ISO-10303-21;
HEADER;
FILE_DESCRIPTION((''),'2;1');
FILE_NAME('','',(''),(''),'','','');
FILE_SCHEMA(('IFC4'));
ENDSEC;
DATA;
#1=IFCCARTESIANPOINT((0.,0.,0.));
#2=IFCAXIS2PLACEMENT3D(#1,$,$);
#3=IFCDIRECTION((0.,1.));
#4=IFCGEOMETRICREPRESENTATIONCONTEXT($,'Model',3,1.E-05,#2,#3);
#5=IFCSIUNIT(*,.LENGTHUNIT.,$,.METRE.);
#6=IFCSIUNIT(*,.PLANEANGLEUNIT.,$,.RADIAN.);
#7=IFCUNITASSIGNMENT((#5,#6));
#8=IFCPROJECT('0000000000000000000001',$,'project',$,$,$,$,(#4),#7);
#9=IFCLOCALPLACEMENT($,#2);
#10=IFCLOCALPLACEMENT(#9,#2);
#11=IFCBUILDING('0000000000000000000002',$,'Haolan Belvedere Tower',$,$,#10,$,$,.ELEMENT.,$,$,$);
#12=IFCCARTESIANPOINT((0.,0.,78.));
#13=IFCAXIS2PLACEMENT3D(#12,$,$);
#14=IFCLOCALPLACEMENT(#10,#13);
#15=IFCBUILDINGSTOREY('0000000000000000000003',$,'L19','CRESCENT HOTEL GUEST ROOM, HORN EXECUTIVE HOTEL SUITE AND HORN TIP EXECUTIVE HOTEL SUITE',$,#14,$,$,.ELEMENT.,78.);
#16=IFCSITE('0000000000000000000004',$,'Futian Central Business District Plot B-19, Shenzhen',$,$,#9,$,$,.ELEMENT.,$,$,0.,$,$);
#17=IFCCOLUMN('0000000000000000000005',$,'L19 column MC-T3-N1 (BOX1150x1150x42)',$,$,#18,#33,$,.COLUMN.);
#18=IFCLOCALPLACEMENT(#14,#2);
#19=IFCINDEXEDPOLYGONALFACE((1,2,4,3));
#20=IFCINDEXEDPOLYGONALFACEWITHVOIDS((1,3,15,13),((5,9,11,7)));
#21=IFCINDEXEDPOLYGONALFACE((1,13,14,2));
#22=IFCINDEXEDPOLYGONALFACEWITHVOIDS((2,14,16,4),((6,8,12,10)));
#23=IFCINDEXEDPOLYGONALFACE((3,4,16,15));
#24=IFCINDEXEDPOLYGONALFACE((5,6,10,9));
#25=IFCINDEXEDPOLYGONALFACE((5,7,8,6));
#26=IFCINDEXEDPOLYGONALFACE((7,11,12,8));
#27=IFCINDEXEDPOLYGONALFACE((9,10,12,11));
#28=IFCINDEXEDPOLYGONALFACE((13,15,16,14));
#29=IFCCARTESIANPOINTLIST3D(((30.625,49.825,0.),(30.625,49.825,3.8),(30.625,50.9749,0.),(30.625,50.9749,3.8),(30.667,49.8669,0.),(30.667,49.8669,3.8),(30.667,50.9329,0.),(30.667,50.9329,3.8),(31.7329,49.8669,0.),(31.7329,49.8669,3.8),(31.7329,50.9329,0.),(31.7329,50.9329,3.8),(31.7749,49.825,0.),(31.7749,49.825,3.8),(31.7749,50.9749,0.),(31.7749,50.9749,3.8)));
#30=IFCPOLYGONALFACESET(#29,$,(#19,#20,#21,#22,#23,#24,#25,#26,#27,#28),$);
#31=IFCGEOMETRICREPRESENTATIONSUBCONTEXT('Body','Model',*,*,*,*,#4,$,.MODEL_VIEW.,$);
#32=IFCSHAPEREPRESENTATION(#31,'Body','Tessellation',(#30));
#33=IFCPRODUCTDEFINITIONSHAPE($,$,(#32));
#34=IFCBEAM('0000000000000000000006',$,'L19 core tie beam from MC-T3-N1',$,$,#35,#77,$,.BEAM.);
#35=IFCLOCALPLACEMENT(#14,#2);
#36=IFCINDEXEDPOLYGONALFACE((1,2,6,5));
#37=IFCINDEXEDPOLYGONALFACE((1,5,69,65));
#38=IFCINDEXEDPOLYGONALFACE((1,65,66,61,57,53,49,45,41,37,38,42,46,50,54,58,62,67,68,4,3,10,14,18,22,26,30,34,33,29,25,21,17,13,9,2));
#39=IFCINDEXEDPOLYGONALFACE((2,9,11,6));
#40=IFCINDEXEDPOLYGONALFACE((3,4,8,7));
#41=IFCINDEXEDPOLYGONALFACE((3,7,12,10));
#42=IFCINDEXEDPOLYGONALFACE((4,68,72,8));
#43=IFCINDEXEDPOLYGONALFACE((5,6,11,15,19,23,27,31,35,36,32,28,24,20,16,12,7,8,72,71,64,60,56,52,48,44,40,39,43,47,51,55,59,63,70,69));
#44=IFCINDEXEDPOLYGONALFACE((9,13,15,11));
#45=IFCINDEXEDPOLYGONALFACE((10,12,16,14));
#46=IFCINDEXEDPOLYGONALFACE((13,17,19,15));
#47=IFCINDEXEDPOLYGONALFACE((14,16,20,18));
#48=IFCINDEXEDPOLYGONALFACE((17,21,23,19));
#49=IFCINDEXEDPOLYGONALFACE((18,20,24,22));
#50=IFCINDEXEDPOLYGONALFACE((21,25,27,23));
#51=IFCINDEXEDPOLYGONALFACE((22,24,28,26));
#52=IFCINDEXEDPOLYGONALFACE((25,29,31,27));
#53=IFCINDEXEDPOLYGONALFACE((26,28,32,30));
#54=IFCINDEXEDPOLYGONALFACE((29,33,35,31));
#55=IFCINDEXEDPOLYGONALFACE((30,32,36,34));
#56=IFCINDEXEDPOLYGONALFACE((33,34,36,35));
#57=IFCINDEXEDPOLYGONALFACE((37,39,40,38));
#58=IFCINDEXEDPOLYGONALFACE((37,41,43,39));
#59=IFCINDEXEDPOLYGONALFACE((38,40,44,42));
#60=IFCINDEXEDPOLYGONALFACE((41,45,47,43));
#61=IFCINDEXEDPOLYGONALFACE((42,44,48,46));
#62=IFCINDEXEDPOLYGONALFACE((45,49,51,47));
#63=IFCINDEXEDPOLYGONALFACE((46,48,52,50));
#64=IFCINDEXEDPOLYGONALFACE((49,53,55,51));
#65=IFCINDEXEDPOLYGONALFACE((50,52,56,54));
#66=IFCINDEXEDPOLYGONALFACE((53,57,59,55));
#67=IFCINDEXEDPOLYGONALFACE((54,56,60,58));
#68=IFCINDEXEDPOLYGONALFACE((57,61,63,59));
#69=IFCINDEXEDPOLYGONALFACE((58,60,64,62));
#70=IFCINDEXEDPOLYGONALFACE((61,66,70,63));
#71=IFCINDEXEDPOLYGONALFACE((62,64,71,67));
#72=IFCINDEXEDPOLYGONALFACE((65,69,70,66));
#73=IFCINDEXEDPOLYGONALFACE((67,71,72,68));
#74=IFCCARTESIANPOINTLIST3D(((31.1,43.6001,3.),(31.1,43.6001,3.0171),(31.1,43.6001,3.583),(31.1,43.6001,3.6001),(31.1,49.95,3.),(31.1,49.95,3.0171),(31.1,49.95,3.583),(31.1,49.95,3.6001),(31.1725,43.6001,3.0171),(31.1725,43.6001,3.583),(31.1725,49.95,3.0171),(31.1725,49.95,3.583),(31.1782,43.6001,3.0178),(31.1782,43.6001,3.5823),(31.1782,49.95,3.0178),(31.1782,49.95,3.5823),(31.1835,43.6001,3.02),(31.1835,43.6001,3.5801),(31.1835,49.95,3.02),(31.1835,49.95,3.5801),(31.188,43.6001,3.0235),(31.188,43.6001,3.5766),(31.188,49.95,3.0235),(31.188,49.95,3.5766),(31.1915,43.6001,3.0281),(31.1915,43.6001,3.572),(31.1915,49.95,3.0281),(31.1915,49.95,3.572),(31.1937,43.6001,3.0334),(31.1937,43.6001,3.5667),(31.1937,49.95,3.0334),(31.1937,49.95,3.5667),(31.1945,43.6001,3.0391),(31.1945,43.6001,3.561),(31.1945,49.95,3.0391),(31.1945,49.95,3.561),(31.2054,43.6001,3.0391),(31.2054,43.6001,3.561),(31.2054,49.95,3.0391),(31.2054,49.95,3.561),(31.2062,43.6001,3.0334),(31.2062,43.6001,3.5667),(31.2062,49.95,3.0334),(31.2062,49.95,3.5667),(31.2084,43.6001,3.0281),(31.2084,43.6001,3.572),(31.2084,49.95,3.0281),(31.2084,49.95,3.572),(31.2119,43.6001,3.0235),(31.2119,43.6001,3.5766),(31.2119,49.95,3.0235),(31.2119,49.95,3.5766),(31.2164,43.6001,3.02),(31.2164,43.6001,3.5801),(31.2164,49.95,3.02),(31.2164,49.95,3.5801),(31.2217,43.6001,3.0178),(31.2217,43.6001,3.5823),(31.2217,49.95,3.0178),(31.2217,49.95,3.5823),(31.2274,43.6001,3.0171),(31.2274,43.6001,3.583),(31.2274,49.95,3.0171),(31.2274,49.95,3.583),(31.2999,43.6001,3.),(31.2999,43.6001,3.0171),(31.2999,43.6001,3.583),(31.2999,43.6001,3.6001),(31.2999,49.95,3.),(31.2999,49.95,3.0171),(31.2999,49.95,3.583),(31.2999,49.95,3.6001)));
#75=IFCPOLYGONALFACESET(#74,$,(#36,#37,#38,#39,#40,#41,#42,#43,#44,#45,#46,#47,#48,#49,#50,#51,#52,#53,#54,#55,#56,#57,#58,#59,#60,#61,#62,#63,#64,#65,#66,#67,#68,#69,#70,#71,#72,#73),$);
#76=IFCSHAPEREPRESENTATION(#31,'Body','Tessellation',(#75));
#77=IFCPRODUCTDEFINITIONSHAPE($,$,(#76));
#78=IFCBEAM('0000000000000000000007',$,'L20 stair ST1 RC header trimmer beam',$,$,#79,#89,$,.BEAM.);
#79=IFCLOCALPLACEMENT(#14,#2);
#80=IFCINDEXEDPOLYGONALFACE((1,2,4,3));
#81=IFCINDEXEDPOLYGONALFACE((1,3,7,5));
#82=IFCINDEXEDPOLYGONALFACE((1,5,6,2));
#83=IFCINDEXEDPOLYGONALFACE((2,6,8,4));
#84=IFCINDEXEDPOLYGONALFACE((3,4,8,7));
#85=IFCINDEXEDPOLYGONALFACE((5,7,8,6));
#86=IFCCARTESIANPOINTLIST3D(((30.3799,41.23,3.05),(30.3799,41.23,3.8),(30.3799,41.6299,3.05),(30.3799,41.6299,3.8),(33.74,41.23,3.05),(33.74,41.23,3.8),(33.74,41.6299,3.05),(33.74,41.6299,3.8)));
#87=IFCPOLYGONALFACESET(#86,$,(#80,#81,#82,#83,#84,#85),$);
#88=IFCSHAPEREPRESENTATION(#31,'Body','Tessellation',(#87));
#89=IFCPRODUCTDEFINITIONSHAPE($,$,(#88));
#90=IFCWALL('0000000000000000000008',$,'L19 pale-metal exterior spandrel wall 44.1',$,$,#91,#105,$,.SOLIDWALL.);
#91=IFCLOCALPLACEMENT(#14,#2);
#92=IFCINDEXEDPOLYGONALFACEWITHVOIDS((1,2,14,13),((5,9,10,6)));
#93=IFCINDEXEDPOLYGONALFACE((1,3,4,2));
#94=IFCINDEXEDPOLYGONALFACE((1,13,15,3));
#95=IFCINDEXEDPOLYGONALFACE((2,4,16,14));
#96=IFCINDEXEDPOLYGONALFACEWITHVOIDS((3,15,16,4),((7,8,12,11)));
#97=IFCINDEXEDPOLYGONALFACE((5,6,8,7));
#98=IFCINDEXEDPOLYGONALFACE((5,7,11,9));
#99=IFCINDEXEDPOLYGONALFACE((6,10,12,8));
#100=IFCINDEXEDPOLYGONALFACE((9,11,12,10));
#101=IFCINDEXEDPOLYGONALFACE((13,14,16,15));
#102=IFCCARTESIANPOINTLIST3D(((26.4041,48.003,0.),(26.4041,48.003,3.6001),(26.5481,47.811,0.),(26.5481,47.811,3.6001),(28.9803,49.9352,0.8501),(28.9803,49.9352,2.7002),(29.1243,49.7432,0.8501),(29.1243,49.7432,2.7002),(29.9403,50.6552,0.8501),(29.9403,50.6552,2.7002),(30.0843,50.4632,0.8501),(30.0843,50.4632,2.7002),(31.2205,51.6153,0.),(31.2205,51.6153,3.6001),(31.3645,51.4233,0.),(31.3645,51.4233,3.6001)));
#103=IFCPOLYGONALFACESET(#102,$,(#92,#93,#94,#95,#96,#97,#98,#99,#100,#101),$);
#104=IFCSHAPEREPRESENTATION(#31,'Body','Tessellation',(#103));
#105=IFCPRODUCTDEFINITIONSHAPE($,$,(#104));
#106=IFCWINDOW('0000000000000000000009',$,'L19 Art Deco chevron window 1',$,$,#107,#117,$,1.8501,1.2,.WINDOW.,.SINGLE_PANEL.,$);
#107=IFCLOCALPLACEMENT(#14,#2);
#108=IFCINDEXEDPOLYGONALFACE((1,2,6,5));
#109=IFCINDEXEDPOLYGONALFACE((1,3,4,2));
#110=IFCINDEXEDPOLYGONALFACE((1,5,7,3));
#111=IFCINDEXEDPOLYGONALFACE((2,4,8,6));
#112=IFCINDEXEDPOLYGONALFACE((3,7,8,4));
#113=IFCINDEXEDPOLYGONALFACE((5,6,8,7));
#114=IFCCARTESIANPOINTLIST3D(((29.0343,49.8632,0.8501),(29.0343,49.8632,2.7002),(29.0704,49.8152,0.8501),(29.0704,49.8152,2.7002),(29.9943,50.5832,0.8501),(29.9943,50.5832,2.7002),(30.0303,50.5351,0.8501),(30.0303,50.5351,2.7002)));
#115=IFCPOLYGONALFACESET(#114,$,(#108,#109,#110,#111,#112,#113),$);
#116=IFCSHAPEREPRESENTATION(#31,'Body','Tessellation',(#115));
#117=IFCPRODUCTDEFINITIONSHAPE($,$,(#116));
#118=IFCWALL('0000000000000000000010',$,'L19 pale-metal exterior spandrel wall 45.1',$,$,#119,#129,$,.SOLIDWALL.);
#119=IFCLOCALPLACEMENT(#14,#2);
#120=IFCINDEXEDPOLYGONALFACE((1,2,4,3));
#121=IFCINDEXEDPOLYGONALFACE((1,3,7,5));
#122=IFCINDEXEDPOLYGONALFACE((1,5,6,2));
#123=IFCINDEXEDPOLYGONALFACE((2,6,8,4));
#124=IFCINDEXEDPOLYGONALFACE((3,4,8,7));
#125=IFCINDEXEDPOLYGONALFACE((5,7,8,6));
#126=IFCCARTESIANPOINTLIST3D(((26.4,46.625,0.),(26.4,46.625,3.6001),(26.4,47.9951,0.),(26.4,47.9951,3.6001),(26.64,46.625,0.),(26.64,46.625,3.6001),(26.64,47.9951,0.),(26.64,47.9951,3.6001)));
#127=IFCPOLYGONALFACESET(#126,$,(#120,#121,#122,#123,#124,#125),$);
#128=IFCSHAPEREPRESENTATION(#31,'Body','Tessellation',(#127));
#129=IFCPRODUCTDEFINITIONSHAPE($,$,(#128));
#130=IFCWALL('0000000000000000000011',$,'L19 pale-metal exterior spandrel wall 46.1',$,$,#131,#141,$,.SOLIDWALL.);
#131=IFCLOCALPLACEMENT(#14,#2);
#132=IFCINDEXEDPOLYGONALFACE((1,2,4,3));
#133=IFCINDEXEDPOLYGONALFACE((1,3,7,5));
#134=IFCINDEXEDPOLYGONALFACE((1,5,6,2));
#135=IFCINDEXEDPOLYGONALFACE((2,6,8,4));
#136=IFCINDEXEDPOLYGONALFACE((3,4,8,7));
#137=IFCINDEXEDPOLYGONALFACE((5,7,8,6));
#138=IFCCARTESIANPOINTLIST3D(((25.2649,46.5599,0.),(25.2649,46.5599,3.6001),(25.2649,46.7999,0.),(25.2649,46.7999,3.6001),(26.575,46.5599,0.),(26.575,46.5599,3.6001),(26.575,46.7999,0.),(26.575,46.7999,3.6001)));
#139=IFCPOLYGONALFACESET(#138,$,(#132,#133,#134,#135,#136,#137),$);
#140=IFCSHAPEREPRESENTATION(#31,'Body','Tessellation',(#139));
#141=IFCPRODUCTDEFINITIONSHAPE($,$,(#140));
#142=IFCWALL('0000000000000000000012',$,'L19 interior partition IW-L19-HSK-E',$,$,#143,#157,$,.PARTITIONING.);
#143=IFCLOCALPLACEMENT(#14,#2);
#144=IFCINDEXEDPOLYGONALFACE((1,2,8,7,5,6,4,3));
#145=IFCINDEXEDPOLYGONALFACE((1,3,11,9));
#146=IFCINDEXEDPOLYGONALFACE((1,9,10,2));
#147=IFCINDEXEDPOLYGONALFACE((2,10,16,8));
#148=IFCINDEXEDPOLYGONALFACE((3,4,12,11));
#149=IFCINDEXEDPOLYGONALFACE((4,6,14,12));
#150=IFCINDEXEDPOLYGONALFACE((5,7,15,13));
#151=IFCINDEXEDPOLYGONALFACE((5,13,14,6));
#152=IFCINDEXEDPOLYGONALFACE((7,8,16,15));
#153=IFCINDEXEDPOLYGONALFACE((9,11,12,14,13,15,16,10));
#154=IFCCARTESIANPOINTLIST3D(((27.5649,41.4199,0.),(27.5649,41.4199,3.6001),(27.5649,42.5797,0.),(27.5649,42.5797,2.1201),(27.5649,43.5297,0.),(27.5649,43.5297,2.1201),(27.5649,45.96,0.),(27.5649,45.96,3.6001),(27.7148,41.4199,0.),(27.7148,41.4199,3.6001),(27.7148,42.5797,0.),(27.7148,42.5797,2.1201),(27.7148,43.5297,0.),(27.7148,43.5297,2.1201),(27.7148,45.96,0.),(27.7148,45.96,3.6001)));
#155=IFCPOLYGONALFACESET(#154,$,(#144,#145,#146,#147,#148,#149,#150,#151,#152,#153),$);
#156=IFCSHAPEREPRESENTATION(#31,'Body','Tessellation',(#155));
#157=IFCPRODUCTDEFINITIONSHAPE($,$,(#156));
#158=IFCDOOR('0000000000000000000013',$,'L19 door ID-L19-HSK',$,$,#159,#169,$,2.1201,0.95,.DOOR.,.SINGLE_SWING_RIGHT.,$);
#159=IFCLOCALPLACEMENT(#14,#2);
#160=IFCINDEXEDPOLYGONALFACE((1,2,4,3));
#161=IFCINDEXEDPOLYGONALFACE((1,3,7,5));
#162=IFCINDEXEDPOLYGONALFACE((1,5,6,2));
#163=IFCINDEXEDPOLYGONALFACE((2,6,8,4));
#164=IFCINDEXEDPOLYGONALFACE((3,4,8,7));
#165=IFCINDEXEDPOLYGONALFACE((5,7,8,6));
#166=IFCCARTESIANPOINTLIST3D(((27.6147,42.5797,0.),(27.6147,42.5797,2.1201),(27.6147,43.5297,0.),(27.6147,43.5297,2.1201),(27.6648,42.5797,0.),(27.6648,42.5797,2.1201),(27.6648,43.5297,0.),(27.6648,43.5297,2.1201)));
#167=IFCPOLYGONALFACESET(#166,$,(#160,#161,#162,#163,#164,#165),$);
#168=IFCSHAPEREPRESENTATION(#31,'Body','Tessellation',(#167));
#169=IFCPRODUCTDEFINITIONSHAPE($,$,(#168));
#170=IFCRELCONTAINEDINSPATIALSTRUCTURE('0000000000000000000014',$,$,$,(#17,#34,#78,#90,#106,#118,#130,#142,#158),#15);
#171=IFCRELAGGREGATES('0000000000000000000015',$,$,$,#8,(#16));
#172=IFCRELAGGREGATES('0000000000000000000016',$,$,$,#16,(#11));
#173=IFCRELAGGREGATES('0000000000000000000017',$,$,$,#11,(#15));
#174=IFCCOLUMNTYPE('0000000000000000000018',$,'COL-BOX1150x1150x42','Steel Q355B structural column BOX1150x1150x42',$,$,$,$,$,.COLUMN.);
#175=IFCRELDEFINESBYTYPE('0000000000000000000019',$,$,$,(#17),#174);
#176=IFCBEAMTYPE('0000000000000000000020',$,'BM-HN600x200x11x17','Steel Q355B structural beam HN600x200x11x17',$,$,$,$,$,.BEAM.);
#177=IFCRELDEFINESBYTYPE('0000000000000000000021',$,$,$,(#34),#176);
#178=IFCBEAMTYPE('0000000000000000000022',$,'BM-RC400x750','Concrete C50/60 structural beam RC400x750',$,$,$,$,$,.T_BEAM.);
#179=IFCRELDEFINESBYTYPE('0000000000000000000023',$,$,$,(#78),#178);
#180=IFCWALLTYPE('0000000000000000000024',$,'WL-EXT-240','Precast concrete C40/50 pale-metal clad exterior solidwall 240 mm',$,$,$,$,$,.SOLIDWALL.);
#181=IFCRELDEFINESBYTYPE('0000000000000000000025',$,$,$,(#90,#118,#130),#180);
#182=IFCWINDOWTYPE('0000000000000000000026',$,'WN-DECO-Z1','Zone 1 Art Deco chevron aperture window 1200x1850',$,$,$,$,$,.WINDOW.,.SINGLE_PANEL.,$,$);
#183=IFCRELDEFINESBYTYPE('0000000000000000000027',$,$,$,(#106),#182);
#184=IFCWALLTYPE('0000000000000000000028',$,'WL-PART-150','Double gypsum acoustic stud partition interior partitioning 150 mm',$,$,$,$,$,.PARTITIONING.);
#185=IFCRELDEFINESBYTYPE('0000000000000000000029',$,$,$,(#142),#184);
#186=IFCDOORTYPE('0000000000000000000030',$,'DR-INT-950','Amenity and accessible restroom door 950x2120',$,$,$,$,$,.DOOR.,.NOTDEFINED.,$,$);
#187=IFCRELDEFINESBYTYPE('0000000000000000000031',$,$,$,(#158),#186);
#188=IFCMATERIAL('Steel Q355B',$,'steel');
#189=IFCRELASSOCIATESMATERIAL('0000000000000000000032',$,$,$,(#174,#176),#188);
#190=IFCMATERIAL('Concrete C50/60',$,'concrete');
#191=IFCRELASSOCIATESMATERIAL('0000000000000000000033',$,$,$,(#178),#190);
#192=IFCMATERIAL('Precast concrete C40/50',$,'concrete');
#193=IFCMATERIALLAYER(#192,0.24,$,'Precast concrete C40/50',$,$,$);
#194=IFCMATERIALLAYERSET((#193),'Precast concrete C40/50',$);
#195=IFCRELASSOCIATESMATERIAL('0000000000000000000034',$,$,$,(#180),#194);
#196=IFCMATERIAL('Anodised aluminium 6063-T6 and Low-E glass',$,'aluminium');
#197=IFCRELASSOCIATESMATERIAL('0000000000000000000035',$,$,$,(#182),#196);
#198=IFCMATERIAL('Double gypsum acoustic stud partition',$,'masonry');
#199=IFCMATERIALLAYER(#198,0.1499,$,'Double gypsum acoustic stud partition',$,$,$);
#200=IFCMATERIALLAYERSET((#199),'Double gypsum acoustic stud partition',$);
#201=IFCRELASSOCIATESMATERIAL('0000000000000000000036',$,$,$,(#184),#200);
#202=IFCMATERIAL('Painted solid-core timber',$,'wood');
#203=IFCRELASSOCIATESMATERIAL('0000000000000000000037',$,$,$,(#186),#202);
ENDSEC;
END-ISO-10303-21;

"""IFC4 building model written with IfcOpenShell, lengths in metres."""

from ifc_helpers import new_model, si_unit, direction, frame, frame_2d, origin, origin_2d, place, context, subcontext, project, spatial, rectangle, hollow_rectangle, i_section, extrude, material, layer, layer_set, material_profile, profile_set, type_object, element, fill, save


model = new_model("IFC4")

# Units and contexts
model_context = context("Model", 3, precision=1e-05, world=origin(), true_north=direction((0.0, 1.0)))
body_context = subcontext(model_context, "Body", "Model", "MODEL_VIEW")
ifc_project = project(units=[si_unit("LENGTHUNIT", "METRE"), si_unit("PLANEANGLEUNIT", "RADIAN")], contexts=[model_context])

# Site, building, storey
site_placement = place(None, origin())
site = spatial("IfcSite", under=ifc_project, at=site_placement, Name="Futian Central Business District Plot B-19, Shenzhen", CompositionType="ELEMENT", RefElevation=0.0)
building_placement = place(site_placement, origin())
building = spatial("IfcBuilding", under=site, at=building_placement, Name="Haolan Belvedere Tower", CompositionType="ELEMENT")
storey_placement = place(building_placement, frame((0.0, 0.0, 78.0)))
storey = spatial("IfcBuildingStorey", under=building, at=storey_placement, Name="L19", Description="CRESCENT HOTEL GUEST ROOM, HORN EXECUTIVE HOTEL SUITE AND HORN TIP EXECUTIVE HOTEL SUITE", CompositionType="ELEMENT", Elevation=78.0)

# Column
ifc_material_1 = material(Name="Steel Q355B", Category="steel")
ifc_material_profile_1 = material_profile(ifc_material_1, hollow_rectangle(XDim=1.1499, YDim=1.1499, WallThickness=0.042, at=origin_2d()), Name="Steel Q355B")
ifc_profile_set_1 = profile_set([ifc_material_profile_1], Name="Steel Q355B")
column_type = type_object("IfcColumnType", Name="COL-BOX1150x1150x42", Description="Steel Q355B structural column BOX1150x1150x42", PredefinedType="COLUMN", material=ifc_profile_set_1)
column_placement = place(storey_placement, frame((31.2, 50.3999, 0.0), z_axis=(0.0, 0.0, 1.0), x_axis=(1.0, 0.0, 0.0)))
element("IfcColumn", 1, at=column_placement, inside=storey, type_object=column_type, Name="L19 column MC-T3-N1 (BOX1150x1150x42)", PredefinedType="COLUMN", context=body_context, shape_type="SweptSolid", body=[
    extrude(hollow_rectangle(XDim=1.1499, YDim=1.1499, WallThickness=0.042, at=origin_2d()), origin(), (0.0, 0.0, 1.0), 3.8),
])

# Beams
ifc_material_profile_2 = material_profile(ifc_material_1, i_section(OverallWidth=0.2, OverallDepth=0.6001, WebThickness=0.011, FlangeThickness=0.0171, FilletRadius=0.022, at=origin_2d()), Name="Steel Q355B")
ifc_profile_set_2 = profile_set([ifc_material_profile_2], Name="Steel Q355B")
beam_type_1 = type_object("IfcBeamType", Name="BM-HN600x200x11x17", Description="Steel Q355B structural beam HN600x200x11x17", PredefinedType="BEAM", material=ifc_profile_set_2)
beam_1_placement = place(storey_placement, frame((31.2, 49.95, 3.3), z_axis=(0.0, -1.0, 0.0), x_axis=(1.0, 0.0, 0.0)))
element("IfcBeam", 2, at=beam_1_placement, inside=storey, type_object=beam_type_1, Name="L19 core tie beam from MC-T3-N1", PredefinedType="BEAM", context=body_context, shape_type="SweptSolid", body=[
    extrude(i_section(OverallWidth=0.2, OverallDepth=0.6001, WebThickness=0.011, FlangeThickness=0.0171, FilletRadius=0.022, at=origin_2d()), origin(), (0.0, 0.0, 1.0), 6.3499),
])
ifc_material_2 = material(Name="Concrete C50/60", Category="concrete")
ifc_material_profile_3 = material_profile(ifc_material_2, rectangle(XDim=0.3999, YDim=0.75, at=origin_2d()), Name="Concrete C50/60")
ifc_profile_set_3 = profile_set([ifc_material_profile_3], Name="Concrete C50/60")
beam_type_2 = type_object("IfcBeamType", Name="BM-RC400x750", Description="Concrete C50/60 structural beam RC400x750", PredefinedType="T_BEAM", material=ifc_profile_set_3)
beam_2_placement = place(storey_placement, frame((30.3799, 41.4299, 3.425), z_axis=(1.0, 0.0, 0.0), x_axis=(0.0, 1.0, 0.0)))
element("IfcBeam", 3, at=beam_2_placement, inside=storey, type_object=beam_type_2, Name="L20 stair ST1 RC header trimmer beam", PredefinedType="BEAM", context=body_context, shape_type="SweptSolid", body=[
    extrude(rectangle(XDim=0.3999, YDim=0.75, at=origin_2d()), origin(), (0.0, 0.0, 1.0), 3.3601),
])

# Wall, opening, window
ifc_material_3 = material(Name="Precast concrete C40/50", Category="concrete")
ifc_layer_1 = layer(ifc_material_3, 0.24, Name="Precast concrete C40/50")
ifc_layer_set_1 = layer_set([ifc_layer_1], Name="Precast concrete C40/50")
wall_type_1 = type_object("IfcWallType", Name="WL-EXT-240", Description="Precast concrete C40/50 pale-metal clad exterior solidwall 240 mm", PredefinedType="SOLIDWALL", material=ifc_layer_set_1)
wall_1_placement = place(storey_placement, frame((31.2925, 51.5193, 0.0), z_axis=(0.0, 0.0, 1.0), x_axis=(-0.8, -0.6, 0.0)))
wall_1 = element("IfcWall", 4, at=wall_1_placement, inside=storey, type_object=wall_type_1, Name="L19 pale-metal exterior spandrel wall 44.1", PredefinedType="SOLIDWALL", context=body_context, shape_type="SweptSolid", body=[
    extrude(rectangle(XDim=6.0205, YDim=0.24, at=frame_2d((3.0103, 0.0))), origin(), (0.0, 0.0, 1.0), 3.6001),
])
opening_1_placement = place(wall_1_placement, frame((1.6001, 0.0, 0.8501)))
opening_1 = element("IfcOpeningElement", 5, at=opening_1_placement, cuts=wall_1, PredefinedType="OPENING", context=body_context, shape_type="SweptSolid", body=[
    extrude(rectangle(XDim=1.2, YDim=1.8501, at=frame_2d((0.6001, 0.925))), frame((0.0, 0.1299, 0.0), z_axis=(0.0, -1.0, 0.0), x_axis=(1.0, 0.0, 0.0)), (0.0, 0.0, 1.0), 0.26),
])
ifc_material_4 = material(Name="Anodised aluminium 6063-T6 and Low-E glass", Category="aluminium")
window_type = type_object("IfcWindowType", Name="WN-DECO-Z1", Description="Zone 1 Art Deco chevron aperture window 1200x1850", PartitioningType="SINGLE_PANEL", PredefinedType="WINDOW", material=ifc_material_4)
window_placement = place(opening_1_placement, origin())
window = element("IfcWindow", 6, at=window_placement, inside=storey, type_object=window_type, Name="L19 Art Deco chevron window 1", OverallHeight=1.8501, OverallWidth=1.2, PartitioningType="SINGLE_PANEL", PredefinedType="WINDOW", context=body_context, shape_type="SweptSolid", body=[
    extrude(rectangle(XDim=1.2, YDim=1.8501, at=frame_2d((0.6001, 0.925))), frame((0.0, 0.03, 0.0), z_axis=(0.0, -1.0, 0.0), x_axis=(1.0, 0.0, 0.0)), (0.0, 0.0, 1.0), 0.0601),
])
fill(opening_1, window)

# Walls
wall_2_placement = place(storey_placement, frame((26.52, 47.9951, 0.0), z_axis=(0.0, 0.0, 1.0), x_axis=(0.0, -1.0, 0.0)))
element("IfcWall", 7, at=wall_2_placement, inside=storey, type_object=wall_type_1, Name="L19 pale-metal exterior spandrel wall 45.1", PredefinedType="SOLIDWALL", context=body_context, shape_type="SweptSolid", body=[
    extrude(rectangle(XDim=1.3701, YDim=0.24, at=frame_2d((0.6851, 0.0))), origin(), (0.0, 0.0, 1.0), 3.6001),
])
wall_3_placement = place(storey_placement, frame((26.575, 46.6799, 0.0), z_axis=(0.0, 0.0, 1.0), x_axis=(-1.0, 0.0, 0.0)))
element("IfcWall", 8, at=wall_3_placement, inside=storey, type_object=wall_type_1, Name="L19 pale-metal exterior spandrel wall 46.1", PredefinedType="SOLIDWALL", context=body_context, shape_type="SweptSolid", body=[
    extrude(rectangle(XDim=1.3101, YDim=0.24, at=frame_2d((0.655, 0.0))), origin(), (0.0, 0.0, 1.0), 3.6001),
])

# Wall, opening, door
ifc_material_5 = material(Name="Double gypsum acoustic stud partition", Category="masonry")
ifc_layer_2 = layer(ifc_material_5, 0.1499, Name="Double gypsum acoustic stud partition")
ifc_layer_set_2 = layer_set([ifc_layer_2], Name="Double gypsum acoustic stud partition")
wall_type_2 = type_object("IfcWallType", Name="WL-PART-150", Description="Double gypsum acoustic stud partition interior partitioning 150 mm", PredefinedType="PARTITIONING", material=ifc_layer_set_2)
wall_4_placement = place(storey_placement, frame((27.6399, 41.4199, 0.0), z_axis=(0.0, 0.0, 1.0), x_axis=(0.0, 1.0, 0.0)))
wall_4 = element("IfcWall", 9, at=wall_4_placement, inside=storey, type_object=wall_type_2, Name="L19 interior partition IW-L19-HSK-E", PredefinedType="PARTITIONING", context=body_context, shape_type="SweptSolid", body=[
    extrude(rectangle(XDim=4.54, YDim=0.1499, at=frame_2d((2.27, 0.0))), origin(), (0.0, 0.0, 1.0), 3.6001),
])
opening_2_placement = place(wall_4_placement, frame((2.1099, 0.0, 0.0), z_axis=(0.0, 0.0, 1.0), x_axis=(-1.0, 0.0, 0.0)))
opening_2 = element("IfcOpeningElement", 10, at=opening_2_placement, cuts=wall_4, PredefinedType="OPENING", context=body_context, shape_type="SweptSolid", body=[
    extrude(rectangle(XDim=0.95, YDim=2.1201, at=frame_2d((0.4751, 1.0601))), frame((0.0, 0.085, 0.0), z_axis=(0.0, -1.0, 0.0), x_axis=(1.0, 0.0, 0.0)), (0.0, 0.0, 1.0), 0.1699),
])
ifc_material_6 = material(Name="Painted solid-core timber", Category="wood")
door_type_1 = type_object("IfcDoorType", Name="DR-INT-950", Description="Amenity and accessible restroom door 950x2120", OperationType="NOTDEFINED", PredefinedType="DOOR", material=ifc_material_6)
door_1_placement = place(opening_2_placement, origin())
door_1 = element("IfcDoor", 11, at=door_1_placement, inside=storey, type_object=door_type_1, Name="L19 door ID-L19-HSK", OperationType="SINGLE_SWING_RIGHT", OverallHeight=2.1201, OverallWidth=0.95, PredefinedType="DOOR", context=body_context, shape_type="SweptSolid", body=[
    extrude(rectangle(XDim=0.95, YDim=2.1201, at=frame_2d((0.4751, 1.0601))), frame((0.0, 0.0249, 0.0), z_axis=(0.0, -1.0, 0.0), x_axis=(1.0, 0.0, 0.0)), (0.0, 0.0, 1.0), 0.05),
])
fill(opening_2, door_1)

save(model, "model.ifc")
